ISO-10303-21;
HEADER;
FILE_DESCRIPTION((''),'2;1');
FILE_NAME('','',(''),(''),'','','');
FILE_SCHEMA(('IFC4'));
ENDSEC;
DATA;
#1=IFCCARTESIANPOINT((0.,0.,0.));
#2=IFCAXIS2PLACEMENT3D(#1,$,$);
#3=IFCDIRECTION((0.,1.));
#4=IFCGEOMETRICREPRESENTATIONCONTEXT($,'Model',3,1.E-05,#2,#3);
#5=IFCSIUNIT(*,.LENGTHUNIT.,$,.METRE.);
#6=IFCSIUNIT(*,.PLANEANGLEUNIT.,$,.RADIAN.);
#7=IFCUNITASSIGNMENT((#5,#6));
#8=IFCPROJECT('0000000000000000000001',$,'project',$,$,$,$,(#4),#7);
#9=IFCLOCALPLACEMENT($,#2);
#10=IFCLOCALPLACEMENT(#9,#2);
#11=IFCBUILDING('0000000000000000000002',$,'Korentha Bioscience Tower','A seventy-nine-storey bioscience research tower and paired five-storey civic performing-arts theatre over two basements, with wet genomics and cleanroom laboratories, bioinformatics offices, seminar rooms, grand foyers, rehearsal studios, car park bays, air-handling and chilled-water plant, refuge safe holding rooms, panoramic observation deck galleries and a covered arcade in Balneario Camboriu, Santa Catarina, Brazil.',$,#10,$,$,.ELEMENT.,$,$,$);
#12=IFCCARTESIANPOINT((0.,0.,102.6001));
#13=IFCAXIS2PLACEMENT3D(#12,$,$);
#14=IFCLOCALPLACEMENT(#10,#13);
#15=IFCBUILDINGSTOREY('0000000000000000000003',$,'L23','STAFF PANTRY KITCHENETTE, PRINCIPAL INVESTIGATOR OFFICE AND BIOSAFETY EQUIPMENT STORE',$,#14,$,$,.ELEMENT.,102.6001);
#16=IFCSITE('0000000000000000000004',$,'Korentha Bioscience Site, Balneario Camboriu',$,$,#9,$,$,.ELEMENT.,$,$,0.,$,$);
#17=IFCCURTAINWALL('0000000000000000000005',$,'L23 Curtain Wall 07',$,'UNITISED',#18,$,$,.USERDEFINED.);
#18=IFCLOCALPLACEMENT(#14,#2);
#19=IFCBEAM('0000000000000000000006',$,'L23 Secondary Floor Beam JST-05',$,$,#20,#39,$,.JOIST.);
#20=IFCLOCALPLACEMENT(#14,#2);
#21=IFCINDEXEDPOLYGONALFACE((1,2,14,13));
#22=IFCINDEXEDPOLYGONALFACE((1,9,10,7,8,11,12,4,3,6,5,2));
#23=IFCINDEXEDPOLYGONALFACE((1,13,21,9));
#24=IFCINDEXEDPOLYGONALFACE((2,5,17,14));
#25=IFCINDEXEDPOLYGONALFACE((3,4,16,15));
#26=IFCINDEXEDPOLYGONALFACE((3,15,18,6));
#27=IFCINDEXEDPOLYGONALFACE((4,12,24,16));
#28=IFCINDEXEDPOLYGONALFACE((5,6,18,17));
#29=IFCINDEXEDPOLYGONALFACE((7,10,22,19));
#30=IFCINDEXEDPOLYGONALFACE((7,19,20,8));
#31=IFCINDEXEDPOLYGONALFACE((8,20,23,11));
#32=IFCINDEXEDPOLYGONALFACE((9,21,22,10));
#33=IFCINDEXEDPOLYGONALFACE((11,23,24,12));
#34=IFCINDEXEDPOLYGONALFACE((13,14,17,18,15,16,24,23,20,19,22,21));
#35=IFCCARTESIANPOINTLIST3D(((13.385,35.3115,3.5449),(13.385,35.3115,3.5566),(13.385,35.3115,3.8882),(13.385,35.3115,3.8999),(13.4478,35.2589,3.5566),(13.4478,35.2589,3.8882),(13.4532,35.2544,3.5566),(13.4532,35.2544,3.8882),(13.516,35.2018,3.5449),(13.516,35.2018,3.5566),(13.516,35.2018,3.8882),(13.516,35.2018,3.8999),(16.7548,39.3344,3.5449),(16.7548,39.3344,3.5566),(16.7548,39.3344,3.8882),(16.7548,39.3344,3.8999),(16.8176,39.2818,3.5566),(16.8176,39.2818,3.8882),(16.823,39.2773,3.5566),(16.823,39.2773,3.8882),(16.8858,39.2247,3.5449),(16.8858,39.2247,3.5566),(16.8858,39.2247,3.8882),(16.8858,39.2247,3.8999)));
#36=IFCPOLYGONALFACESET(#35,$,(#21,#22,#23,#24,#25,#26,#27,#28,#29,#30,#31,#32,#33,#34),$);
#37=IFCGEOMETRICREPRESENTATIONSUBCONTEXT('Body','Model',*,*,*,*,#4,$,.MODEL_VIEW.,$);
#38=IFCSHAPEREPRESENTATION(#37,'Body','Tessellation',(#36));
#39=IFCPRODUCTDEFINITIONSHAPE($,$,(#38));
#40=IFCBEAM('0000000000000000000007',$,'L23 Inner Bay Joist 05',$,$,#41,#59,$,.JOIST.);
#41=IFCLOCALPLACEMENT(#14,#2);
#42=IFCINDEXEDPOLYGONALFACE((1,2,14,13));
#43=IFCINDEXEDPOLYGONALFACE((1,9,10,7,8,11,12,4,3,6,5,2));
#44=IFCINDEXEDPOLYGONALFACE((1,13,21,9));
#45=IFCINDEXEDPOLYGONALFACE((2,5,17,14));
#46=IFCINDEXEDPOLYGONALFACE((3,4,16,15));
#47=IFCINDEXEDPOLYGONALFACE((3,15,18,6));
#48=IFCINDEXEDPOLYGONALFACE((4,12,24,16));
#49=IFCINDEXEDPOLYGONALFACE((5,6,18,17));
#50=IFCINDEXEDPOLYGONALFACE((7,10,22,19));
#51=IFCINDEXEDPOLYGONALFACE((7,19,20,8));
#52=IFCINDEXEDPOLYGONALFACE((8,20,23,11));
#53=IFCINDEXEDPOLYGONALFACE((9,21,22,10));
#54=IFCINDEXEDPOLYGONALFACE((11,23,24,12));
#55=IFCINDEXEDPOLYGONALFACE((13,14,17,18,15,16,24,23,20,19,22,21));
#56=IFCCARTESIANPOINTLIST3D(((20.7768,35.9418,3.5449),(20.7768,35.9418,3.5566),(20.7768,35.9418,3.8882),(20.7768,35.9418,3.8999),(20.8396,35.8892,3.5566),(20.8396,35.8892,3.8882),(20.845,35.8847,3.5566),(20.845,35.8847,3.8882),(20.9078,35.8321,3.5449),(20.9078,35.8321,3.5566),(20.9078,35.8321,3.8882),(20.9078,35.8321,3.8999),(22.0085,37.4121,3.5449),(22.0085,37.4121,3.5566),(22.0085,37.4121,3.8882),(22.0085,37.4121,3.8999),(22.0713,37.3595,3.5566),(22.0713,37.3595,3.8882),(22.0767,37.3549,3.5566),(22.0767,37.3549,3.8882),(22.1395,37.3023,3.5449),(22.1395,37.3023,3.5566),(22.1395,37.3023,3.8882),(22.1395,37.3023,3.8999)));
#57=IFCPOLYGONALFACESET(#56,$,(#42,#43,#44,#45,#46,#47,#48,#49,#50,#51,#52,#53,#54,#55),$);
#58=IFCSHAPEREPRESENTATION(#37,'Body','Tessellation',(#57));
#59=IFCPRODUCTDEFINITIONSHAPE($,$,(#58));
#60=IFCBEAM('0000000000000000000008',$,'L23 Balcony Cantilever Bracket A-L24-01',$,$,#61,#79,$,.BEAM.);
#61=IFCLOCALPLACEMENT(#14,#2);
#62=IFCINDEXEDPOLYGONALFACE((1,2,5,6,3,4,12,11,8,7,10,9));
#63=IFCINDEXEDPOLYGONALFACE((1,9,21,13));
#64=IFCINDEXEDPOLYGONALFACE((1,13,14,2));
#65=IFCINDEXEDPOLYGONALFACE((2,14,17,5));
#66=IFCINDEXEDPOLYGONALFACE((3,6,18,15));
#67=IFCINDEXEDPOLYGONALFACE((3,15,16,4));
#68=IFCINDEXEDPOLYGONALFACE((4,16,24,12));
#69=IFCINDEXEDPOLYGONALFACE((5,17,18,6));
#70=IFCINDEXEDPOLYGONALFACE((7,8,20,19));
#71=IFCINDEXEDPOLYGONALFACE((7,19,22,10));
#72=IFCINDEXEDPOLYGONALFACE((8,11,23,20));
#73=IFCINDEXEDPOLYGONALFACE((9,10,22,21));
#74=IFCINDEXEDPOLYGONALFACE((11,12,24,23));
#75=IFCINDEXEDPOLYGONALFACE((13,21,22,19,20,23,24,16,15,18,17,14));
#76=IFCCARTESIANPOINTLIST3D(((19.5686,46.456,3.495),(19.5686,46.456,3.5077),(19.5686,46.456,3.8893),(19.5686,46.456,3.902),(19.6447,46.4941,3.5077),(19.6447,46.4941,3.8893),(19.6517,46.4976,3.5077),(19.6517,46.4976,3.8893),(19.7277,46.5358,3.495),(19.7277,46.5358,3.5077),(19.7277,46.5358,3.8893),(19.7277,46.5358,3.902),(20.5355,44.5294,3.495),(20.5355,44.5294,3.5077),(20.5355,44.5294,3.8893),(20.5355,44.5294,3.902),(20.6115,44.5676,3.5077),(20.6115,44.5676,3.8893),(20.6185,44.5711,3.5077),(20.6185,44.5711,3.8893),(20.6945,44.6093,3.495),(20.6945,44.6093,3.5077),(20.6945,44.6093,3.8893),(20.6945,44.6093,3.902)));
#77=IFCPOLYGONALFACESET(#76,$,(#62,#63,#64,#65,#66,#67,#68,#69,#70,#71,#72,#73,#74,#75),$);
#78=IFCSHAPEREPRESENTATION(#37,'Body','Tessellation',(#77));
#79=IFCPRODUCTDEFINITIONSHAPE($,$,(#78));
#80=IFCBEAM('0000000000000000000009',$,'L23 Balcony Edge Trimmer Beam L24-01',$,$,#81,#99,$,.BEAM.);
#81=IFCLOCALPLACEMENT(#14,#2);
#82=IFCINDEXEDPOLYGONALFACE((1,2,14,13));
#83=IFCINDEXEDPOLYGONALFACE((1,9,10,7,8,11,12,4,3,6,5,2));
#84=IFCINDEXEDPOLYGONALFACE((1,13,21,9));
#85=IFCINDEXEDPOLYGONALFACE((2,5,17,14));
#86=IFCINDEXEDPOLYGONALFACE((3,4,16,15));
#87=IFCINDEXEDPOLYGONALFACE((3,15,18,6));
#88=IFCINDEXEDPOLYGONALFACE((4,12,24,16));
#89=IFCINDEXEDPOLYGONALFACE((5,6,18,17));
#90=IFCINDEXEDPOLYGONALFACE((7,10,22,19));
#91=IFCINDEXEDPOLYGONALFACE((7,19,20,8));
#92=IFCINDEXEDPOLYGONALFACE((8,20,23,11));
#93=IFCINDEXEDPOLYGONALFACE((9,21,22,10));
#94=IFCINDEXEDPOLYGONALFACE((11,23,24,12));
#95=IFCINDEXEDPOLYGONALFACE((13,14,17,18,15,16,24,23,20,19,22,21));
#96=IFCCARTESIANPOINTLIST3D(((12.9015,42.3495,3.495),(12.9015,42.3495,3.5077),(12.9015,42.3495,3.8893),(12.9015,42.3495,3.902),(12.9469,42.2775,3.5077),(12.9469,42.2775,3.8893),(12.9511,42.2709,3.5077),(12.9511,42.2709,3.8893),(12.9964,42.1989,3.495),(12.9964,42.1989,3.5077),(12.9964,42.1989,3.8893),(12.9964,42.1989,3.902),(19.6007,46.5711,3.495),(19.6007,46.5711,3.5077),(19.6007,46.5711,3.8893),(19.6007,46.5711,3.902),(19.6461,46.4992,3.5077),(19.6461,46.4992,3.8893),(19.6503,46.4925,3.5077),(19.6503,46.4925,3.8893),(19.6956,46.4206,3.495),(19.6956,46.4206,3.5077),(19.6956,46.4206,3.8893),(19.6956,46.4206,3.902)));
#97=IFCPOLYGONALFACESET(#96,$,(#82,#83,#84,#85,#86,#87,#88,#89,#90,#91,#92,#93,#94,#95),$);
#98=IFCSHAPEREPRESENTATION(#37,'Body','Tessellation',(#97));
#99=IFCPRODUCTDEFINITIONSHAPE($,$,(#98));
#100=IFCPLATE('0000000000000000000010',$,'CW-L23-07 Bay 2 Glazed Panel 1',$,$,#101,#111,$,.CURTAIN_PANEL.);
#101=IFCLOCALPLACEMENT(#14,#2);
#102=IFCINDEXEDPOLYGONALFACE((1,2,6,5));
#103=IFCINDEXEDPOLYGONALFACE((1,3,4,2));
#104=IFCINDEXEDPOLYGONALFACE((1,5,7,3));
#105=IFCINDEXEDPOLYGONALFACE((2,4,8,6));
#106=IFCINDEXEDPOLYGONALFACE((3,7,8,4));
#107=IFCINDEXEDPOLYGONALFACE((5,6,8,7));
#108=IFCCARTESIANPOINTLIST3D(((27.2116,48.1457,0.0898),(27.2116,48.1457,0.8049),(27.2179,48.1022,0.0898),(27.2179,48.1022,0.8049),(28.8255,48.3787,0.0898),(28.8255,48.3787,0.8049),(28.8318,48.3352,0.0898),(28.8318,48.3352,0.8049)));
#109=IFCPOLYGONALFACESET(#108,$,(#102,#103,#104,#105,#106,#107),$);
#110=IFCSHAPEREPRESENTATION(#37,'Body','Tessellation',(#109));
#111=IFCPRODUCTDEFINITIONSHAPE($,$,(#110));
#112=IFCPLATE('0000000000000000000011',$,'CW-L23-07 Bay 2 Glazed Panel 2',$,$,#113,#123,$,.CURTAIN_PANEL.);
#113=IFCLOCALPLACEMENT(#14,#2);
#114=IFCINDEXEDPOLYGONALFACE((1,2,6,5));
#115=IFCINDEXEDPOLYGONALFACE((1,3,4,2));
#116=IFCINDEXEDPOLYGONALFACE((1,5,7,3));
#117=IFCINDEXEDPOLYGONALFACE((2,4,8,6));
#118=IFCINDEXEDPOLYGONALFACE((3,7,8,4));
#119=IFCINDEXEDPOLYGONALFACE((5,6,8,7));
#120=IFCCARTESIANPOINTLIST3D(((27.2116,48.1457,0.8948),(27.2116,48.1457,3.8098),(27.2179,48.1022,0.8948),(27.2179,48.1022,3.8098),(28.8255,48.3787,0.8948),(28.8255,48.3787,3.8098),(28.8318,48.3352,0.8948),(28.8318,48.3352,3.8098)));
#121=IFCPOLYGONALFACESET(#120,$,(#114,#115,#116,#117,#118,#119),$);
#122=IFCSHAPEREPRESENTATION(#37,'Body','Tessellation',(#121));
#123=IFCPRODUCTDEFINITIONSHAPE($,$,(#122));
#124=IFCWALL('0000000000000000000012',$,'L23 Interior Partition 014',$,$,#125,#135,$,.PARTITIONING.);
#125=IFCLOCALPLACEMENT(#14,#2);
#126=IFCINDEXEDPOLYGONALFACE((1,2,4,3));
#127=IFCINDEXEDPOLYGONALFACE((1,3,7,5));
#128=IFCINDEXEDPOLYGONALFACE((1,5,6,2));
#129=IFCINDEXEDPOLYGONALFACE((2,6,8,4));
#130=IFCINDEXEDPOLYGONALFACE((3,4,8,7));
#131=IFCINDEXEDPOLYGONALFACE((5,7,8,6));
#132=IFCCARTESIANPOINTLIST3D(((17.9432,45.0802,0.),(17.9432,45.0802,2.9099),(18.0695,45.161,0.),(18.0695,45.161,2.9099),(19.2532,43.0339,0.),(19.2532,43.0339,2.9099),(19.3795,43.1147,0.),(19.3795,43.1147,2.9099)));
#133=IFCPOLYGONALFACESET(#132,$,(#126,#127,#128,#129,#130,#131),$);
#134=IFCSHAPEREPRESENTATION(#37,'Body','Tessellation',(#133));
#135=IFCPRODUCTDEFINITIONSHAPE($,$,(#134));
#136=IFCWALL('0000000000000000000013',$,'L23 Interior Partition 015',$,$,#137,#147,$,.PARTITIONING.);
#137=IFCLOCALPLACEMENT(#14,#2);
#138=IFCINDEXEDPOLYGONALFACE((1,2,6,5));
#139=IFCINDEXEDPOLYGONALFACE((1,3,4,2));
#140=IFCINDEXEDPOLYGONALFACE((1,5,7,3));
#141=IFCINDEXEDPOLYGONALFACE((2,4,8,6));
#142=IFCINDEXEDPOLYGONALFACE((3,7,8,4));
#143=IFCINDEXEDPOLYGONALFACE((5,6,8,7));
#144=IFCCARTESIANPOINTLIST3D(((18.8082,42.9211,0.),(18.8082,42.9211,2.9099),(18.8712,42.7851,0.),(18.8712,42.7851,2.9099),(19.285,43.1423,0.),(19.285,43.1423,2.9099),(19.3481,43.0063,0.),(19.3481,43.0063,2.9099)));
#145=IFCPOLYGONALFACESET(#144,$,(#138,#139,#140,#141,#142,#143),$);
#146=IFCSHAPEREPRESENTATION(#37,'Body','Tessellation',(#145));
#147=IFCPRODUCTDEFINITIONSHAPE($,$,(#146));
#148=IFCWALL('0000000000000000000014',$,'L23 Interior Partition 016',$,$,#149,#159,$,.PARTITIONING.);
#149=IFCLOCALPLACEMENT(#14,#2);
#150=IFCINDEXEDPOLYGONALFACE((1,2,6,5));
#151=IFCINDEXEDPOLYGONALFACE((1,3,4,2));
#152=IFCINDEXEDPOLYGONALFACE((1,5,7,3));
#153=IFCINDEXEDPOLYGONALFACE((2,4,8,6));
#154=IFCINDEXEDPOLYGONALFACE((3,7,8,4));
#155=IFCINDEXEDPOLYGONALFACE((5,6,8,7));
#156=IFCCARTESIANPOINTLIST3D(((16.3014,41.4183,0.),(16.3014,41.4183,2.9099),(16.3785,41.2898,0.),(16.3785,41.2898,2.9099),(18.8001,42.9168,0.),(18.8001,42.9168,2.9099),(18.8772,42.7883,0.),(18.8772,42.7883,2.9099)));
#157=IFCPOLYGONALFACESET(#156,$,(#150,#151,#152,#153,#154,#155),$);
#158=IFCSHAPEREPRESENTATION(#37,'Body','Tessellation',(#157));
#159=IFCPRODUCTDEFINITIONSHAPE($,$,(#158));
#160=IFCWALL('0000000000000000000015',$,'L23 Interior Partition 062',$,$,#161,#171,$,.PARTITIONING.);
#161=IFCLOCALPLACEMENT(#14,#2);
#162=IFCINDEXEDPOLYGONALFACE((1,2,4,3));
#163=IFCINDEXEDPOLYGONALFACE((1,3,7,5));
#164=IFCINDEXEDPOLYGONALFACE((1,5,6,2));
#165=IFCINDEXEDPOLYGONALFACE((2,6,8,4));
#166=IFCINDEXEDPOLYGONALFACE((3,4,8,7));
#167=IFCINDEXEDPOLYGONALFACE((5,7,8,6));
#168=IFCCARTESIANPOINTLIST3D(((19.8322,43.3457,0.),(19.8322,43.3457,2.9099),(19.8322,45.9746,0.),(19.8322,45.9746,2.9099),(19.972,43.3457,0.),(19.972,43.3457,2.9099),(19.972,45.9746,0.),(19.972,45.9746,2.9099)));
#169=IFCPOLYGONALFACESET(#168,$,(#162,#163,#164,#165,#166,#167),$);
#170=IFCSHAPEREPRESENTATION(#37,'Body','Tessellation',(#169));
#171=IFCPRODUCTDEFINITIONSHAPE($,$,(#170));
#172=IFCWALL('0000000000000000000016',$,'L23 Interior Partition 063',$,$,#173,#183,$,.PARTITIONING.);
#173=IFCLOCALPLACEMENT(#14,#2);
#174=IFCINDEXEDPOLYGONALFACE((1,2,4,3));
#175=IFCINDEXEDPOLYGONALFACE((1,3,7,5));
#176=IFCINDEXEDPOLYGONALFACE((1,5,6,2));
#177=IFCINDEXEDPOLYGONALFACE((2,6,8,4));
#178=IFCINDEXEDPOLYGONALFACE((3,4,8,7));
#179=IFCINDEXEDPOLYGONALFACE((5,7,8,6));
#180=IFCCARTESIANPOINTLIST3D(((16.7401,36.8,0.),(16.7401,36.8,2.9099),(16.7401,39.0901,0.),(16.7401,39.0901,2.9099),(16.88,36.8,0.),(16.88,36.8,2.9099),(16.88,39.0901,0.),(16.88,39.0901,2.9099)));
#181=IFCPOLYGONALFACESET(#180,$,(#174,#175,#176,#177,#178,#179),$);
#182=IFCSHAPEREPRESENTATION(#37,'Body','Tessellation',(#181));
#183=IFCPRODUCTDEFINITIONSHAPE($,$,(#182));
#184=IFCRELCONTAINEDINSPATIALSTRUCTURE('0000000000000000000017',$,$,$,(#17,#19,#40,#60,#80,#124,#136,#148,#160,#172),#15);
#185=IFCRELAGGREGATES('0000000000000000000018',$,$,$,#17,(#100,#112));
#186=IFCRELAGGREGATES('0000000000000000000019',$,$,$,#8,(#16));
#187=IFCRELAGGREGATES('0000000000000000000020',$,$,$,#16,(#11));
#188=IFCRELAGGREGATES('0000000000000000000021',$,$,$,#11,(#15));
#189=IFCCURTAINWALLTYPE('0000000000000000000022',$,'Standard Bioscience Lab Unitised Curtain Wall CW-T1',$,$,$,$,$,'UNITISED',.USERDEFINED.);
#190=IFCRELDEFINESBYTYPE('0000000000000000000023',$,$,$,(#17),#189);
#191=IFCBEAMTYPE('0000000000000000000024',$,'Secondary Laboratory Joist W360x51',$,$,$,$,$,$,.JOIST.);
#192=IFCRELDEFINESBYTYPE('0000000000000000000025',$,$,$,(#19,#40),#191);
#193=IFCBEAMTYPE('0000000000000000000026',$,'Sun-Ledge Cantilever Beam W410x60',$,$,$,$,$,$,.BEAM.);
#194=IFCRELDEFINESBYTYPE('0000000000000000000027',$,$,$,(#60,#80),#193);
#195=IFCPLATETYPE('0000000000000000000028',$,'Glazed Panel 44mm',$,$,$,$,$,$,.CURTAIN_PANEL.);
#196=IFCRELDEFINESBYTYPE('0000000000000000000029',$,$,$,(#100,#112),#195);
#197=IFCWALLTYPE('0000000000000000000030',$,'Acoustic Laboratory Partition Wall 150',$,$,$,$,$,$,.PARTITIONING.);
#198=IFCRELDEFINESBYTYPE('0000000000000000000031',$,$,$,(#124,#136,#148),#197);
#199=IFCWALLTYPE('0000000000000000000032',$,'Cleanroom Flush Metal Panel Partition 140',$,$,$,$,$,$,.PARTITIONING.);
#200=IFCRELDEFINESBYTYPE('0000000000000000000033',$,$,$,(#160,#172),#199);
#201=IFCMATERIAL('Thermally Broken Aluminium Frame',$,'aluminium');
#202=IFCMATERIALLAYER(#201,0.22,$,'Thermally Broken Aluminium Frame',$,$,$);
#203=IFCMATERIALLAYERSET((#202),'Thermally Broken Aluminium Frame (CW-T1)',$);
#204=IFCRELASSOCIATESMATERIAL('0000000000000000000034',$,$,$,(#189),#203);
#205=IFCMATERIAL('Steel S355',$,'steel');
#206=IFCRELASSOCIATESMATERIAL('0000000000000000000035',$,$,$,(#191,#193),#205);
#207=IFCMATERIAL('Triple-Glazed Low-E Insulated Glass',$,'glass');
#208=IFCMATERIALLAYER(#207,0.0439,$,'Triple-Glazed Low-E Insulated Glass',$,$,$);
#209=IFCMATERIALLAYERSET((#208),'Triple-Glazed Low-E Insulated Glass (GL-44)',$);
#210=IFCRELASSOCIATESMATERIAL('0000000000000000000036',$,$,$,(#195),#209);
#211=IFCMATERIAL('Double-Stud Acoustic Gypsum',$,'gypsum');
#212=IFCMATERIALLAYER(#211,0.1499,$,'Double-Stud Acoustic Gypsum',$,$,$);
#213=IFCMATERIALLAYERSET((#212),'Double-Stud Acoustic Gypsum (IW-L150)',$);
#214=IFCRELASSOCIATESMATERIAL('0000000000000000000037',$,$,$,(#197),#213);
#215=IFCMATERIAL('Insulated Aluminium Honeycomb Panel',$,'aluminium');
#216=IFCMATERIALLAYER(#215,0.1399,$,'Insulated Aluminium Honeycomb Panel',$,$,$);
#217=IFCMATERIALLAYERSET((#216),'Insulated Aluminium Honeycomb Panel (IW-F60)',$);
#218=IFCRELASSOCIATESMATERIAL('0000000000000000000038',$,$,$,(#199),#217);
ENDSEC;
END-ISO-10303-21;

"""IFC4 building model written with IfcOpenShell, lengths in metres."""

from ifc_helpers import new_model, si_unit, direction, frame, frame_2d, origin, origin_2d, place, context, subcontext, project, spatial, rectangle, i_section, extrude, material, layer, layer_set, material_profile, profile_set, type_object, element, aggregate, save


model = new_model("IFC4")

# Units and contexts
model_context = context("Model", 3, precision=1e-05, world=origin(), true_north=direction((0.0, 1.0)))
body_context = subcontext(model_context, "Body", "Model", "MODEL_VIEW")
ifc_project = project(units=[si_unit("LENGTHUNIT", "METRE"), si_unit("PLANEANGLEUNIT", "RADIAN")], contexts=[model_context])

# Site, building, storey
site_placement = place(None, origin())
site = spatial("IfcSite", under=ifc_project, at=site_placement, Name="Korentha Bioscience Site, Balneario Camboriu", CompositionType="ELEMENT", RefElevation=0.0)
building_placement = place(site_placement, origin())
building = spatial("IfcBuilding", under=site, at=building_placement, Name="Korentha Bioscience Tower", Description="A seventy-nine-storey bioscience research tower and paired five-storey civic performing-arts theatre over two basements, with wet genomics and cleanroom laboratories, bioinformatics offices, seminar rooms, grand foyers, rehearsal studios, car park bays, air-handling and chilled-water plant, refuge safe holding rooms, panoramic observation deck galleries and a covered arcade in Balneario Camboriu, Santa Catarina, Brazil.", CompositionType="ELEMENT")
storey_placement = place(building_placement, frame((0.0, 0.0, 102.6001)))
storey = spatial("IfcBuildingStorey", under=building, at=storey_placement, Name="L23", Description="STAFF PANTRY KITCHENETTE, PRINCIPAL INVESTIGATOR OFFICE AND BIOSAFETY EQUIPMENT STORE", CompositionType="ELEMENT", Elevation=102.6001)

# Shared definitions
ifc_material_1 = material(Name="Steel S355", Category="steel")

# Curtain wall
ifc_material_2 = material(Name="Thermally Broken Aluminium Frame", Category="aluminium")
ifc_layer_1 = layer(ifc_material_2, 0.22, Name="Thermally Broken Aluminium Frame")
ifc_layer_set_1 = layer_set([ifc_layer_1], Name="Thermally Broken Aluminium Frame (CW-T1)")
curtain_wall_type = type_object("IfcCurtainWallType", Name="Standard Bioscience Lab Unitised Curtain Wall CW-T1", ElementType="UNITISED", PredefinedType="USERDEFINED", material=ifc_layer_set_1)
curtain_wall_placement = place(storey_placement, origin())
curtain_wall = element("IfcCurtainWall", 1, at=curtain_wall_placement, inside=storey, type_object=curtain_wall_type, Name="L23 Curtain Wall 07", ObjectType="UNITISED", PredefinedType="USERDEFINED")

# Beams
ifc_material_profile_1 = material_profile(ifc_material_1, i_section(OverallWidth=0.1709, OverallDepth=0.355, WebThickness=0.0071, FlangeThickness=0.0117, at=origin_2d()), Name="Steel S355")
ifc_profile_set_1 = profile_set([ifc_material_profile_1], Name="Steel S355 (JB-360)")
beam_type_1 = type_object("IfcBeamType", Name="Secondary Laboratory Joist W360x51", PredefinedType="JOIST", material=ifc_profile_set_1)
beam_1_placement = place(storey_placement, frame((16.8203, 39.2795, 3.7224), z_axis=(-0.642141, -0.766587, 0.0), x_axis=(0.766587, -0.642141, 0.0)))
element("IfcBeam", 2, at=beam_1_placement, inside=storey, type_object=beam_type_1, Name="L23 Secondary Floor Beam JST-05", PredefinedType="JOIST", context=body_context, shape_type="SweptSolid", body=[
    extrude(i_section(OverallWidth=0.1709, OverallDepth=0.355, WebThickness=0.0071, FlangeThickness=0.0117, at=origin_2d()), origin(), (0.0, 0.0, 1.0), 5.2478),
])
beam_2_placement = place(storey_placement, frame((22.074, 37.3572, 3.7224), z_axis=(-0.642185, -0.766549, 0.0), x_axis=(0.766549, -0.642185, 0.0)))
element("IfcBeam", 3, at=beam_2_placement, inside=storey, type_object=beam_type_1, Name="L23 Inner Bay Joist 05", PredefinedType="JOIST", context=body_context, shape_type="SweptSolid", body=[
    extrude(i_section(OverallWidth=0.1709, OverallDepth=0.355, WebThickness=0.0071, FlangeThickness=0.0117, at=origin_2d()), origin(), (0.0, 0.0, 1.0), 1.918),
])
ifc_material_profile_2 = material_profile(ifc_material_1, i_section(OverallWidth=0.178, OverallDepth=0.407, WebThickness=0.0078, FlangeThickness=0.0127, at=origin_2d()), Name="Steel S355")
ifc_profile_set_2 = profile_set([ifc_material_profile_2], Name="Steel S355 (CB-410)")
beam_type_2 = type_object("IfcBeamType", Name="Sun-Ledge Cantilever Beam W410x60", PredefinedType="BEAM", material=ifc_profile_set_2)
beam_3_placement = place(storey_placement, frame((20.615, 44.5693, 3.6985), z_axis=(-0.448527, 0.893769, 0.0), x_axis=(-0.893769, -0.448527, 0.0)))
element("IfcBeam", 4, at=beam_3_placement, inside=storey, type_object=beam_type_2, Name="L23 Balcony Cantilever Bracket A-L24-01", PredefinedType="BEAM", context=body_context, shape_type="SweptSolid", body=[
    extrude(i_section(OverallWidth=0.178, OverallDepth=0.407, WebThickness=0.0078, FlangeThickness=0.0127, at=origin_2d()), origin(), (0.0, 0.0, 1.0), 2.1555),
])
beam_4_placement = place(storey_placement, frame((19.6482, 46.4958, 3.6985), z_axis=(-0.846025, -0.533144, 0.0), x_axis=(0.533144, -0.846025, 0.0)))
element("IfcBeam", 5, at=beam_4_placement, inside=storey, type_object=beam_type_2, Name="L23 Balcony Edge Trimmer Beam L24-01", PredefinedType="BEAM", context=body_context, shape_type="SweptSolid", body=[
    extrude(i_section(OverallWidth=0.178, OverallDepth=0.407, WebThickness=0.0078, FlangeThickness=0.0127, at=origin_2d()), origin(), (0.0, 0.0, 1.0), 7.9185),
])

# Plates
ifc_material_3 = material(Name="Triple-Glazed Low-E Insulated Glass", Category="glass")
ifc_layer_2 = layer(ifc_material_3, 0.0439, Name="Triple-Glazed Low-E Insulated Glass")
ifc_layer_set_2 = layer_set([ifc_layer_2], Name="Triple-Glazed Low-E Insulated Glass (GL-44)")
plate_type = type_object("IfcPlateType", Name="Glazed Panel 44mm", PredefinedType="CURTAIN_PANEL", material=ifc_layer_set_2)
plate_1_placement = place(storey_placement, frame((28.0217, 48.2405, 0.0898), z_axis=(0.0, 0.0, 1.0), x_axis=(-0.989738, -0.142892, 0.0)))
plate_1 = element("IfcPlate", 6, at=plate_1_placement, type_object=plate_type, Name="CW-L23-07 Bay 2 Glazed Panel 1", PredefinedType="CURTAIN_PANEL", context=body_context, shape_type="SweptSolid", body=[
    extrude(rectangle(XDim=1.6306, YDim=0.0439, at=origin_2d()), origin(), (0.0, 0.0, 1.0), 0.7151),
])
plate_2_placement = place(storey_placement, frame((28.0217, 48.2405, 0.8948), z_axis=(0.0, 0.0, 1.0), x_axis=(-0.989738, -0.142892, 0.0)))
plate_2 = element("IfcPlate", 7, at=plate_2_placement, type_object=plate_type, Name="CW-L23-07 Bay 2 Glazed Panel 2", PredefinedType="CURTAIN_PANEL", context=body_context, shape_type="SweptSolid", body=[
    extrude(rectangle(XDim=1.6306, YDim=0.0439, at=origin_2d()), origin(), (0.0, 0.0, 1.0), 2.915),
])
aggregate(curtain_wall, [plate_1, plate_2])

# Walls
ifc_material_4 = material(Name="Double-Stud Acoustic Gypsum", Category="gypsum")
ifc_layer_3 = layer(ifc_material_4, 0.1499, Name="Double-Stud Acoustic Gypsum")
ifc_layer_set_3 = layer_set([ifc_layer_3], Name="Double-Stud Acoustic Gypsum (IW-L150)")
wall_type_1 = type_object("IfcWallType", Name="Acoustic Laboratory Partition Wall 150", PredefinedType="PARTITIONING", material=ifc_layer_set_3)
wall_1_placement = place(storey_placement, frame((18.0063, 45.1206, 0.0), z_axis=(0.0, 0.0, 1.0), x_axis=(0.539162, -0.842202, 0.0)))
element("IfcWall", 8, at=wall_1_placement, inside=storey, type_object=wall_type_1, Name="L23 Interior Partition 014", PredefinedType="PARTITIONING", context=body_context, shape_type="SweptSolid", body=[
    extrude(rectangle(XDim=2.4297, YDim=0.1499, at=frame_2d((1.2148, 0.0))), origin(), (0.0, 0.0, 1.0), 2.9099),
])
wall_2_placement = place(storey_placement, frame((19.3164, 43.0742, 0.0), z_axis=(0.0, 0.0, 1.0), x_axis=(-0.907142, -0.420825, 0.0)))
element("IfcWall", 9, at=wall_2_placement, inside=storey, type_object=wall_type_1, Name="L23 Interior Partition 015", PredefinedType="PARTITIONING", context=body_context, shape_type="SweptSolid", body=[
    extrude(rectangle(XDim=0.5256, YDim=0.1499, at=frame_2d((0.2627, 0.0))), origin(), (0.0, 0.0, 1.0), 2.9099),
])
wall_3_placement = place(storey_placement, frame((18.8386, 42.8525, 0.0), z_axis=(0.0, 0.0, 1.0), x_axis=(-0.857604, -0.514311, 0.0)))
element("IfcWall", 10, at=wall_3_placement, inside=storey, type_object=wall_type_1, Name="L23 Interior Partition 016", PredefinedType="PARTITIONING", context=body_context, shape_type="SweptSolid", body=[
    extrude(rectangle(XDim=2.9136, YDim=0.1499, at=frame_2d((1.4568, 0.0))), origin(), (0.0, 0.0, 1.0), 2.9099),
])
ifc_material_5 = material(Name="Insulated Aluminium Honeycomb Panel", Category="aluminium")
ifc_layer_4 = layer(ifc_material_5, 0.1399, Name="Insulated Aluminium Honeycomb Panel")
ifc_layer_set_4 = layer_set([ifc_layer_4], Name="Insulated Aluminium Honeycomb Panel (IW-F60)")
wall_type_2 = type_object("IfcWallType", Name="Cleanroom Flush Metal Panel Partition 140", PredefinedType="PARTITIONING", material=ifc_layer_set_4)
wall_4_placement = place(storey_placement, frame((19.9021, 43.3457, 0.0), z_axis=(0.0, 0.0, 1.0), x_axis=(0.0, 1.0, 0.0)))
element("IfcWall", 11, at=wall_4_placement, inside=storey, type_object=wall_type_2, Name="L23 Interior Partition 062", PredefinedType="PARTITIONING", context=body_context, shape_type="SweptSolid", body=[
    extrude(rectangle(XDim=2.6289, YDim=0.1399, at=frame_2d((1.3145, 0.0))), origin(), (0.0, 0.0, 1.0), 2.9099),
])
wall_5_placement = place(storey_placement, frame((16.8101, 36.8, 0.0), z_axis=(0.0, 0.0, 1.0), x_axis=(0.0, 1.0, 0.0)))
element("IfcWall", 12, at=wall_5_placement, inside=storey, type_object=wall_type_2, Name="L23 Interior Partition 063", PredefinedType="PARTITIONING", context=body_context, shape_type="SweptSolid", body=[
    extrude(rectangle(XDim=2.29, YDim=0.1399, at=frame_2d((1.145, 0.0))), origin(), (0.0, 0.0, 1.0), 2.9099),
])

save(model, "model.ifc")
